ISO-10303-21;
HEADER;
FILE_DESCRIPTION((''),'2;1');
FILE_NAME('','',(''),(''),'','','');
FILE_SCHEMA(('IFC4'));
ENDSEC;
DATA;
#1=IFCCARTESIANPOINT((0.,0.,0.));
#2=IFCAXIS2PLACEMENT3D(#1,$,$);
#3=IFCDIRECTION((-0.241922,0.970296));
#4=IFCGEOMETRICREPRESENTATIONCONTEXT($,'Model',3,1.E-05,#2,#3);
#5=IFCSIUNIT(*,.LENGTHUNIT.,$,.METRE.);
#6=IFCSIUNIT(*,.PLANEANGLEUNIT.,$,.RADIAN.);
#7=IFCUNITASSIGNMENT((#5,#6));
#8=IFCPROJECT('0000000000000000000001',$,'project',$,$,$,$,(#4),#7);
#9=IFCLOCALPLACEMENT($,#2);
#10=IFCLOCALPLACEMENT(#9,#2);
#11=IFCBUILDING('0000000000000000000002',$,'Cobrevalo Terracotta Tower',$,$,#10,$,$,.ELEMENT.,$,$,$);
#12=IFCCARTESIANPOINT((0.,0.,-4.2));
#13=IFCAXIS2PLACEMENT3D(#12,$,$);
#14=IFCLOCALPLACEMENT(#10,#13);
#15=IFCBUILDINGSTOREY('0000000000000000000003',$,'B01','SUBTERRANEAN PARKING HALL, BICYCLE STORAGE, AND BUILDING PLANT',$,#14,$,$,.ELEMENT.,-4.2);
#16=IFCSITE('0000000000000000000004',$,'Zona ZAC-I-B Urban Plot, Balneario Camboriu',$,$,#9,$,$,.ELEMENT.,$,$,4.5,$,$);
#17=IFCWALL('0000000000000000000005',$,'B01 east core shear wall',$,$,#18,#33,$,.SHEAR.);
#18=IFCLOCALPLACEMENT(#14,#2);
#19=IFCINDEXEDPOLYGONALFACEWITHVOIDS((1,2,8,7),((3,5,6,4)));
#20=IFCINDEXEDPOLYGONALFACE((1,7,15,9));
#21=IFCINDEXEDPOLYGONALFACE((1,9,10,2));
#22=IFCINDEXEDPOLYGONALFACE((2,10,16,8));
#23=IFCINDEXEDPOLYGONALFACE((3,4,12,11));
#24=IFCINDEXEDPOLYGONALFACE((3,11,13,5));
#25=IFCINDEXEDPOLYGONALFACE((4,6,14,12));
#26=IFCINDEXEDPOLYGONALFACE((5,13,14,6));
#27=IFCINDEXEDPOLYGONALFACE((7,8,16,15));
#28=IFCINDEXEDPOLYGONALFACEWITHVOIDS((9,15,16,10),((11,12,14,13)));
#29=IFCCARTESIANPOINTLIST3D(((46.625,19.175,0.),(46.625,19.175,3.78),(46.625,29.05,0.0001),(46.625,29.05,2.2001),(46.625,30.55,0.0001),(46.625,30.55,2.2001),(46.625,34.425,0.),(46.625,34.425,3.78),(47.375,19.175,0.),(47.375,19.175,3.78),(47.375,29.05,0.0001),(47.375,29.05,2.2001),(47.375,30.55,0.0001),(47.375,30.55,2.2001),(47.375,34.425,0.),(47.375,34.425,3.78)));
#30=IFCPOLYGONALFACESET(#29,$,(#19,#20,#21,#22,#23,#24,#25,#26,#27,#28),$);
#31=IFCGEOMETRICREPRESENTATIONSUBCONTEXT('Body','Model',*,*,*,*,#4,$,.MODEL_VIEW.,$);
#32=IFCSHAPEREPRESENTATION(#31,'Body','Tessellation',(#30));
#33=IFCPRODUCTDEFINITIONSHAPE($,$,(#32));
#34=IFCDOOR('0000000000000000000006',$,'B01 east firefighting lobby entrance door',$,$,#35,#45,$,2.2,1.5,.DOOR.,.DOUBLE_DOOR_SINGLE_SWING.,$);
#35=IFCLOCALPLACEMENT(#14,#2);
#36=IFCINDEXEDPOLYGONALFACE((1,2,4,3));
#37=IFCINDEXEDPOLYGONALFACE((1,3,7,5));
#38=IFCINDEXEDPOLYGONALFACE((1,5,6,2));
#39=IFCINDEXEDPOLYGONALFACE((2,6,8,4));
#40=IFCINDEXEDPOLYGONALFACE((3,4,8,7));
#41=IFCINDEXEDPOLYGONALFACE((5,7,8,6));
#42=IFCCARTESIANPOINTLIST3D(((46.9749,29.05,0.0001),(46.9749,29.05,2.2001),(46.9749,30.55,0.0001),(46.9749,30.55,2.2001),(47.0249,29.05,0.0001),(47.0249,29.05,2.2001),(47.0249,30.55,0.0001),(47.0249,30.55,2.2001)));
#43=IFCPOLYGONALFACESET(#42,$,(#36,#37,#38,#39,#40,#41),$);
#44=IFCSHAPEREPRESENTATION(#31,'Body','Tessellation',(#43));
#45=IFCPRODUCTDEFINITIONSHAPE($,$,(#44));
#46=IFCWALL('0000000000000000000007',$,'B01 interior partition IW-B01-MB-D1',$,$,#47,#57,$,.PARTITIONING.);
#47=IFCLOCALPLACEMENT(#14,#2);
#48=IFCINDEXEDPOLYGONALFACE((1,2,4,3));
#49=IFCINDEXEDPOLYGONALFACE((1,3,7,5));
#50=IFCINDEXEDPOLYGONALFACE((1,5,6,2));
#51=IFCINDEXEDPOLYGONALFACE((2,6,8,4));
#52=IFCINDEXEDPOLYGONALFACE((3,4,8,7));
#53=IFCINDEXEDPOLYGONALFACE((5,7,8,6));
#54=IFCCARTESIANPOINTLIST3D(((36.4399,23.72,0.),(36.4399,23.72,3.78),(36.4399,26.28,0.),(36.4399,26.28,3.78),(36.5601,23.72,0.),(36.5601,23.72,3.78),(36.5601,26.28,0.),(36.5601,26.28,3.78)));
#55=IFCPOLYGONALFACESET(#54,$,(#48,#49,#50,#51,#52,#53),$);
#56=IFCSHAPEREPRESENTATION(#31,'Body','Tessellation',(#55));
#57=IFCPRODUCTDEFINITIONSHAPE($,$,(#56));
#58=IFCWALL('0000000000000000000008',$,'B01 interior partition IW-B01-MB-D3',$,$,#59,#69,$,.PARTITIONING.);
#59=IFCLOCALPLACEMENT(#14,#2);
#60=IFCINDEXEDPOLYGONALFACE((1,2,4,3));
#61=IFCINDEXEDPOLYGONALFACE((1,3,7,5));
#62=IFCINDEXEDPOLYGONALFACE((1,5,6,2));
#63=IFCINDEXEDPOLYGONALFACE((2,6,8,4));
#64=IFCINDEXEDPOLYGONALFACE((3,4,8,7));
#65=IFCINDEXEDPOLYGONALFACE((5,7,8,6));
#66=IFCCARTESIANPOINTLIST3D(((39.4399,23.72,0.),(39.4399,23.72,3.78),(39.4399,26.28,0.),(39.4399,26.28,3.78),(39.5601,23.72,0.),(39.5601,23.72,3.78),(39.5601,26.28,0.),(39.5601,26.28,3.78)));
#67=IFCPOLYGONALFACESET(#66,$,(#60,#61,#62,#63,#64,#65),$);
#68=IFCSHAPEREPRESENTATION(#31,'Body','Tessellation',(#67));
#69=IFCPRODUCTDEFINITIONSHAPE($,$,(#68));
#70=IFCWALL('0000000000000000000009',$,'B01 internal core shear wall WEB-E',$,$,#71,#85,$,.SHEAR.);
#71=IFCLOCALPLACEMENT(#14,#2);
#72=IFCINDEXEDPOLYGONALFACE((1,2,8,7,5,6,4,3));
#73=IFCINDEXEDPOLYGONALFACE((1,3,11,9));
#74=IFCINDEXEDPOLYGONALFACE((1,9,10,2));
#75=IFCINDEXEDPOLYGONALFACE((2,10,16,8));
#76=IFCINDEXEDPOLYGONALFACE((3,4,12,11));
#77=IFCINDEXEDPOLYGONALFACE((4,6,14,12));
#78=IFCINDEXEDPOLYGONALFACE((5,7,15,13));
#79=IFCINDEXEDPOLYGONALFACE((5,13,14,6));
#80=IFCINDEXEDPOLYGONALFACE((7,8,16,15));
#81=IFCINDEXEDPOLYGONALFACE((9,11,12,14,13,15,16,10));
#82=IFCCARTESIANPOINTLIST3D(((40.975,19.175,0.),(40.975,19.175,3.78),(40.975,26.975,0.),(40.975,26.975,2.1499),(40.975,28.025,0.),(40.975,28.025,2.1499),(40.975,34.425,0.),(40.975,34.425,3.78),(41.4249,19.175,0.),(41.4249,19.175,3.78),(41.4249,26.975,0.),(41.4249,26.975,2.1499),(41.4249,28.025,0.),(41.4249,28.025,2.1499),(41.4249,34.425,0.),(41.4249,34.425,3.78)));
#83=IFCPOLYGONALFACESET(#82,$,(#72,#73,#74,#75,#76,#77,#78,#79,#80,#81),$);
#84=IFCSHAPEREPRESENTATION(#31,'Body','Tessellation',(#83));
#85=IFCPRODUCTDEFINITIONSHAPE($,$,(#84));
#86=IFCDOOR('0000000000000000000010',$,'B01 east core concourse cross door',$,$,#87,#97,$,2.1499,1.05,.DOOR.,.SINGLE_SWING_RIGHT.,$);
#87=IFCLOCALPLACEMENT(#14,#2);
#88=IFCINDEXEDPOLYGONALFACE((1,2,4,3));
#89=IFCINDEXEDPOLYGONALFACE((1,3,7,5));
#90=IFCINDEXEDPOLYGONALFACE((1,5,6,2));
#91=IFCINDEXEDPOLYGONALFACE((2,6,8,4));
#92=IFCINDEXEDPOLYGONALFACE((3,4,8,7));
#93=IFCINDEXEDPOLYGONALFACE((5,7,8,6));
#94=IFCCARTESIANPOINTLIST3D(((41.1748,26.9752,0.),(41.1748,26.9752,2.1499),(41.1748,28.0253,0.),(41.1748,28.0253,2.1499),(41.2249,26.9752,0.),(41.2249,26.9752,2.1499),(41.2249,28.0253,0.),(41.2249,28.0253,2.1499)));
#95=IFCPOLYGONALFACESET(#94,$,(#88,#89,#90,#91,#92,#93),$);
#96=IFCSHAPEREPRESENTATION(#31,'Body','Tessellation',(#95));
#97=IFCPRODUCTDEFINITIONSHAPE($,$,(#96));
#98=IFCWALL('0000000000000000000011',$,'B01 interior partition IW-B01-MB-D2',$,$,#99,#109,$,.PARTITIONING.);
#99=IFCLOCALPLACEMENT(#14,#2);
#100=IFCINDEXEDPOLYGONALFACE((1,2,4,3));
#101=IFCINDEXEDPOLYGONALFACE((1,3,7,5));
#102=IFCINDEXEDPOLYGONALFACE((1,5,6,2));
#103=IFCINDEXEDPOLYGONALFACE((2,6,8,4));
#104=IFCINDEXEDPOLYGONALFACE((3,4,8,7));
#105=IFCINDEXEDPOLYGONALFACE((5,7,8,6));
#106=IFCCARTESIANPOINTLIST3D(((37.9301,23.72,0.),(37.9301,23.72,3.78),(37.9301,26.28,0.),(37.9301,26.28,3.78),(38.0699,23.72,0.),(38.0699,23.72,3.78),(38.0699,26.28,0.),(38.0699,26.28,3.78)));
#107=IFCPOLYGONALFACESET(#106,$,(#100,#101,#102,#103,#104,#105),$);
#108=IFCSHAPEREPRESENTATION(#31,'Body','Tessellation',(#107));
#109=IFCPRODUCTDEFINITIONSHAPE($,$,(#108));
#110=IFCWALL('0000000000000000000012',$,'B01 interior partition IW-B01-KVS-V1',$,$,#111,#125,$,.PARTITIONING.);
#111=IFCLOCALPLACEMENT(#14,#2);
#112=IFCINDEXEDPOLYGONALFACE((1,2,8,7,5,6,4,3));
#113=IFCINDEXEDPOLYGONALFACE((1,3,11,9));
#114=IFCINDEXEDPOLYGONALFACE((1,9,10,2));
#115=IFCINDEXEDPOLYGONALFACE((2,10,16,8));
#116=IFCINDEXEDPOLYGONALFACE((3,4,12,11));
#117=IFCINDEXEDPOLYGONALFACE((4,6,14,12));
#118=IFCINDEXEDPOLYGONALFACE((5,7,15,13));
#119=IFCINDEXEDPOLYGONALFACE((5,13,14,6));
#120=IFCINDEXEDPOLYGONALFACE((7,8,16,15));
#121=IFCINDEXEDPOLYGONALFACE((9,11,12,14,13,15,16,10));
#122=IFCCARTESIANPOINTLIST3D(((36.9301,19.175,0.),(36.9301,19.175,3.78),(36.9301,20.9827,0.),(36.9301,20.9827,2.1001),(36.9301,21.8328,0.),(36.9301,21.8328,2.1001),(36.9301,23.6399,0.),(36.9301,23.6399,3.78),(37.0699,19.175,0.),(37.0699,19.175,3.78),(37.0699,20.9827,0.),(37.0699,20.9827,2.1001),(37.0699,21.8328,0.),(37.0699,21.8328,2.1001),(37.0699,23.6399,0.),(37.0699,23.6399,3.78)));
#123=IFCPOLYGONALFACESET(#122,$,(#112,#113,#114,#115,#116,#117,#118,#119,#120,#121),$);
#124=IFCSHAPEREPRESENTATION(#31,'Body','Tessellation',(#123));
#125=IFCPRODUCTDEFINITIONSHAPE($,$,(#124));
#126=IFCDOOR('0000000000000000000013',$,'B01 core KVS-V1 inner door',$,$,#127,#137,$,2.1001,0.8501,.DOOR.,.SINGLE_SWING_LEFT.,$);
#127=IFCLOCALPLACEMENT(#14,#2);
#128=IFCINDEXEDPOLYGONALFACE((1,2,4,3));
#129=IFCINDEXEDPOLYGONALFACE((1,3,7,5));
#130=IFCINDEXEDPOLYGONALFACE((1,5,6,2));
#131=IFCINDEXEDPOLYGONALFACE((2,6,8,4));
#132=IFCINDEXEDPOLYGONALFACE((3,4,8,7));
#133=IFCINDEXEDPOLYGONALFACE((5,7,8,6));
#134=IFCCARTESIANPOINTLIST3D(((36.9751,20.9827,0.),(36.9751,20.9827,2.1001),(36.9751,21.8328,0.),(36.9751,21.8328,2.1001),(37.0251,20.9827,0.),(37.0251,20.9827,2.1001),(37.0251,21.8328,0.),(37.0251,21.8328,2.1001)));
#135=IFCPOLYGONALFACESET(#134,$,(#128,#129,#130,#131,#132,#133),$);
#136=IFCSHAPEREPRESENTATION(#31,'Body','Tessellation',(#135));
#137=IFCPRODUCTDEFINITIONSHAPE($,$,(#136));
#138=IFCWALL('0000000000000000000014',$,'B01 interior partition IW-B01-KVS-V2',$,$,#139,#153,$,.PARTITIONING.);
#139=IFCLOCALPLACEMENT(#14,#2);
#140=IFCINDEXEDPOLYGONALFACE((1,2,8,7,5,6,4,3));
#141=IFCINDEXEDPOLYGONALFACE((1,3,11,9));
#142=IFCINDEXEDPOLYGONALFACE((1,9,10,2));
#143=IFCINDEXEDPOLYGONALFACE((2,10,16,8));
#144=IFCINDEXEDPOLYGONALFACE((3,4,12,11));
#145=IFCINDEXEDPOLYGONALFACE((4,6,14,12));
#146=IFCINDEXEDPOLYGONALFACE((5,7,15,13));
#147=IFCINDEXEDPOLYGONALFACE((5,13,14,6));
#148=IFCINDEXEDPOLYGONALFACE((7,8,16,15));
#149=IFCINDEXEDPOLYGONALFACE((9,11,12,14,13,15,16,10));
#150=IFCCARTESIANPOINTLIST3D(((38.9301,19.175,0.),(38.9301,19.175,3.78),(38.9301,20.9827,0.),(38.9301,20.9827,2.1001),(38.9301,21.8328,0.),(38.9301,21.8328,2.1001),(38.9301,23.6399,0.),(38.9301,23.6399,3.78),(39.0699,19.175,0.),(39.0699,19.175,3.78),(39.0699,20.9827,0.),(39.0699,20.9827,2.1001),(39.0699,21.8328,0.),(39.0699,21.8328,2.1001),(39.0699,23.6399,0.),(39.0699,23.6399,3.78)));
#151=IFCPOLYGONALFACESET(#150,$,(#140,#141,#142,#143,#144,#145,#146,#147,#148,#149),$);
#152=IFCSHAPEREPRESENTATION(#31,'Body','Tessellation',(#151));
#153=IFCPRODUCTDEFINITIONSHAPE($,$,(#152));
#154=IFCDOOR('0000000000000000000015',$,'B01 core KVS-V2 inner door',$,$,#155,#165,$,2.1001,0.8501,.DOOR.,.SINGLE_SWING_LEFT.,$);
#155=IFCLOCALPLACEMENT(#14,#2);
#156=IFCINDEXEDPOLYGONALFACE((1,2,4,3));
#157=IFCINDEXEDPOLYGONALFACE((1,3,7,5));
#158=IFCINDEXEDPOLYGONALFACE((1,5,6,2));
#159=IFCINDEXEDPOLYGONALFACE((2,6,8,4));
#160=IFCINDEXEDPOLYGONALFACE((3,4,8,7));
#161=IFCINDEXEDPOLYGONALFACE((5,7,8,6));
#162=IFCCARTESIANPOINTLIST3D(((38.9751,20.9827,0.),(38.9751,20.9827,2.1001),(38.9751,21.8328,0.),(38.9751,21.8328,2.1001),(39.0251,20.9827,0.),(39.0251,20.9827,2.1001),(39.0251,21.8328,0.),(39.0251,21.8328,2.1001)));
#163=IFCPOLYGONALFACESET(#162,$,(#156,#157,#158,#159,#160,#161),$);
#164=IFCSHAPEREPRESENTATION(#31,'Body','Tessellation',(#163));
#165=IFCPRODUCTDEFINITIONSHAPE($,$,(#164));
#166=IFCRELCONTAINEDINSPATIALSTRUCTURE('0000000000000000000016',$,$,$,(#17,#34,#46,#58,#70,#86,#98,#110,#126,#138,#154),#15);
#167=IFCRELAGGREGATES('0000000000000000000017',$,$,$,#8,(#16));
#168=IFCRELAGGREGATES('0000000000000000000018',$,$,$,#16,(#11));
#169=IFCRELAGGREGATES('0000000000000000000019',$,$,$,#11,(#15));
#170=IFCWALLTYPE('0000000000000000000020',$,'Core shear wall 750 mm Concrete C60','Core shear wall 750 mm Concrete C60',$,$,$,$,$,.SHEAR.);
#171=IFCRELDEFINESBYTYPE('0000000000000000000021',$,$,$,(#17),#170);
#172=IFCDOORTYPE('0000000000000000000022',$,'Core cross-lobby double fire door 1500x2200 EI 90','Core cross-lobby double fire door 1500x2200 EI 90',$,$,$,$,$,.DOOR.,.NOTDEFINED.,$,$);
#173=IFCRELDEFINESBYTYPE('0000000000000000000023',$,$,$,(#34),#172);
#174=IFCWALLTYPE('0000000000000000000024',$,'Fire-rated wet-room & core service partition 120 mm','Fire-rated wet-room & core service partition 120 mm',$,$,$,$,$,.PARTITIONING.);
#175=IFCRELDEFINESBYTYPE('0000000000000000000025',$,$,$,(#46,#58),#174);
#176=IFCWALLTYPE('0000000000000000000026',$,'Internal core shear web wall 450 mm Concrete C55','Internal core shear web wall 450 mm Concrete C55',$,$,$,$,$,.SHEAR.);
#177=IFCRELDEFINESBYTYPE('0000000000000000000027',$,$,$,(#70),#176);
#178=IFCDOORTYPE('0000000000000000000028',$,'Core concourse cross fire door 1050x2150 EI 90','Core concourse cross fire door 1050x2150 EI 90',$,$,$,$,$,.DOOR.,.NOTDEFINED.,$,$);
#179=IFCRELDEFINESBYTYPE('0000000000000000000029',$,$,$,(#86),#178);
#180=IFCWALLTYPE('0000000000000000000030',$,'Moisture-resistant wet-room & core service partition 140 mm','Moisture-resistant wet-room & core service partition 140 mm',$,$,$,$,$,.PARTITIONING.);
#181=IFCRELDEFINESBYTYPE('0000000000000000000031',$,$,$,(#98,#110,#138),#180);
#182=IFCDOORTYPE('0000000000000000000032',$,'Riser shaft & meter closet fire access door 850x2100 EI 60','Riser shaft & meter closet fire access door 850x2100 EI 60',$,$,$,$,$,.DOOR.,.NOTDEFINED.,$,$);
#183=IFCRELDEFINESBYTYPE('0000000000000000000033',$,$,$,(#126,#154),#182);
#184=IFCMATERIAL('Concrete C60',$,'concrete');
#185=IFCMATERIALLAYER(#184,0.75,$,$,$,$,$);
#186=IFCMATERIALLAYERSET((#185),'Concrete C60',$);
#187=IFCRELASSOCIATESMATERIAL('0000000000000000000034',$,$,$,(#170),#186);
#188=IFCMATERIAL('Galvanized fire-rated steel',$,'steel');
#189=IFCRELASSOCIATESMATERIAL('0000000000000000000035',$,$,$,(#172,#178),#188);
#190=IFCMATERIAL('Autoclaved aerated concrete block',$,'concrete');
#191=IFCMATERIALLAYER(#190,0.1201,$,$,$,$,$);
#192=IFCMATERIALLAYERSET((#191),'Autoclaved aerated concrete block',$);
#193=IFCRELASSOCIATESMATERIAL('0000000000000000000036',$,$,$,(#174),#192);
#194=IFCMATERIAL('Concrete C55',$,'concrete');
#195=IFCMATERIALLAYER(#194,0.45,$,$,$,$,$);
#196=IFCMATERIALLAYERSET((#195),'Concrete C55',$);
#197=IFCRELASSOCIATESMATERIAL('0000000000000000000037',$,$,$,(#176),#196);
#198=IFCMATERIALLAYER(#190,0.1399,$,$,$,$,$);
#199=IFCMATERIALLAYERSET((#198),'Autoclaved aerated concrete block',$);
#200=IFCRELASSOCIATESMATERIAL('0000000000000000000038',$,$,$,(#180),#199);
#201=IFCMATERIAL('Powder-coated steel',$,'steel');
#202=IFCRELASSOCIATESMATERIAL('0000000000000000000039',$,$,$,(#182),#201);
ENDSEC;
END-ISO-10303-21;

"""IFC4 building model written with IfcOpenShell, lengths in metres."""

from ifc_helpers import new_model, si_unit, direction, frame, frame_2d, origin, place, context, subcontext, project, spatial, rectangle, extrude, source, transform, mapped, material, layer, layer_set, type_object, element, fill, save


model = new_model("IFC4")

# Units and contexts
model_context = context("Model", 3, precision=1e-05, world=origin(), true_north=direction((-0.241922, 0.970296)))
body_context = subcontext(model_context, "Body", "Model", "MODEL_VIEW")
ifc_project = project(units=[si_unit("LENGTHUNIT", "METRE"), si_unit("PLANEANGLEUNIT", "RADIAN")], contexts=[model_context])

# Site, building, storey
site_placement = place(None, origin())
site = spatial("IfcSite", under=ifc_project, at=site_placement, Name="Zona ZAC-I-B Urban Plot, Balneario Camboriu", CompositionType="ELEMENT", RefElevation=4.5)
building_placement = place(site_placement, origin())
building = spatial("IfcBuilding", under=site, at=building_placement, Name="Cobrevalo Terracotta Tower", CompositionType="ELEMENT")
storey_placement = place(building_placement, frame((0.0, 0.0, -4.2)))
storey = spatial("IfcBuildingStorey", under=building, at=storey_placement, Name="B01", Description="SUBTERRANEAN PARKING HALL, BICYCLE STORAGE, AND BUILDING PLANT", CompositionType="ELEMENT", Elevation=-4.2)

# Shared definitions
ifc_material_1 = material(Name="Concrete C60", Category="concrete")

# Wall, opening, door
ifc_layer_1 = layer(ifc_material_1, 0.75)
ifc_layer_set_1 = layer_set([ifc_layer_1], Name="Concrete C60")
wall_type_1 = type_object("IfcWallType", Name="Core shear wall 750 mm Concrete C60", Description="Core shear wall 750 mm Concrete C60", PredefinedType="SHEAR", material=ifc_layer_set_1)
wall_1_placement = place(storey_placement, frame((47.0, 19.175, 0.0), z_axis=(0.0, 0.0, 1.0), x_axis=(0.0, 1.0, 0.0)))
wall_1 = element("IfcWall", 1, at=wall_1_placement, inside=storey, type_object=wall_type_1, Name="B01 east core shear wall", PredefinedType="SHEAR", context=body_context, shape_type="SweptSolid", body=[
    extrude(rectangle(XDim=15.25, YDim=0.75, at=frame_2d((7.625, 0.0))), origin(), (0.0, 0.0, 1.0), 3.78),
])
opening_1_placement = place(wall_1_placement, frame((9.875, 0.0, 0.0)))
opening_1 = element("IfcOpeningElement", 2, at=opening_1_placement, cuts=wall_1, PredefinedType="OPENING", context=body_context, shape_type="SweptSolid", body=[
    extrude(rectangle(XDim=1.5, YDim=2.2, at=frame_2d((0.75, 1.1001))), frame((0.0, 0.385, 0.0), z_axis=(0.0, -1.0, 0.0), x_axis=(1.0, 0.0, 0.0)), (0.0, 0.0, 1.0), 0.77),
])
ifc_material_2 = material(Name="Galvanized fire-rated steel", Category="steel")
door_type_1 = type_object("IfcDoorType", Name="Core cross-lobby double fire door 1500x2200 EI 90", Description="Core cross-lobby double fire door 1500x2200 EI 90", OperationType="NOTDEFINED", PredefinedType="DOOR", material=ifc_material_2)
shared_shape_1 = source(origin(), body_context, "Body", "SweptSolid", [
    extrude(rectangle(XDim=1.5, YDim=2.2, at=frame_2d((0.75, 1.1001))), frame((0.0, 0.0249, 0.0), z_axis=(0.0, -1.0, 0.0), x_axis=(1.0, 0.0, 0.0)), (0.0, 0.0, 1.0), 0.05),
])
door_1_placement = place(opening_1_placement, frame((1.5, 0.0, 0.0), z_axis=(0.0, 0.0, 1.0), x_axis=(-1.0, 0.0, 0.0)))
door_1 = element("IfcDoor", 3, at=door_1_placement, inside=storey, type_object=door_type_1, Name="B01 east firefighting lobby entrance door", OperationType="DOUBLE_DOOR_SINGLE_SWING", OverallHeight=2.2, OverallWidth=1.5, PredefinedType="DOOR", context=body_context, shape_type="MappedRepresentation", body=[
    mapped(shared_shape_1, transform((0.0, 0.0, 0.0), scale=1.0)),
])
fill(opening_1, door_1)

# Walls
ifc_material_3 = material(Name="Autoclaved aerated concrete block", Category="concrete")
ifc_layer_2 = layer(ifc_material_3, 0.1201)
ifc_layer_set_2 = layer_set([ifc_layer_2], Name="Autoclaved aerated concrete block")
wall_type_2 = type_object("IfcWallType", Name="Fire-rated wet-room & core service partition 120 mm", Description="Fire-rated wet-room & core service partition 120 mm", PredefinedType="PARTITIONING", material=ifc_layer_set_2)
for number, where, z_axis, x_axis, name in (
    (4, (36.5, 23.72, 0.0), (0.0, 0.0, 1.0), (0.0, 1.0, 0.0), "B01 interior partition IW-B01-MB-D1"),
    (5, (39.5, 23.72, 0.0), (0.0, 0.0, 1.0), (0.0, 1.0, 0.0), "B01 interior partition IW-B01-MB-D3"),
):
    element("IfcWall", number, at=place(storey_placement, frame(where, z_axis=z_axis, x_axis=x_axis)), inside=storey, type_object=wall_type_2, Name=name, PredefinedType="PARTITIONING", context=body_context, shape_type="SweptSolid", body=[
        extrude(rectangle(XDim=2.5601, YDim=0.1201, at=frame_2d((1.28, 0.0))), origin(), (0.0, 0.0, 1.0), 3.78),
    ])

# Wall, opening, door
ifc_material_4 = material(Name="Concrete C55", Category="concrete")
ifc_layer_3 = layer(ifc_material_4, 0.45)
ifc_layer_set_3 = layer_set([ifc_layer_3], Name="Concrete C55")
wall_type_3 = type_object("IfcWallType", Name="Internal core shear web wall 450 mm Concrete C55", Description="Internal core shear web wall 450 mm Concrete C55", PredefinedType="SHEAR", material=ifc_layer_set_3)
wall_2_placement = place(storey_placement, frame((41.2, 19.175, 0.0), z_axis=(0.0, 0.0, 1.0), x_axis=(0.0, 1.0, 0.0)))
wall_2 = element("IfcWall", 6, at=wall_2_placement, inside=storey, type_object=wall_type_3, Name="B01 internal core shear wall WEB-E", PredefinedType="SHEAR", context=body_context, shape_type="SweptSolid", body=[
    extrude(rectangle(XDim=15.25, YDim=0.45, at=frame_2d((7.625, 0.0))), origin(), (0.0, 0.0, 1.0), 3.78),
])
opening_2_placement = place(wall_2_placement, frame((7.8, 0.0, 0.0)))
opening_2 = element("IfcOpeningElement", 7, at=opening_2_placement, cuts=wall_2, PredefinedType="OPENING", context=body_context, shape_type="SweptSolid", body=[
    extrude(rectangle(XDim=1.05, YDim=2.1499, at=frame_2d((0.5249, 1.075))), frame((0.0, 0.2349, 0.0), z_axis=(0.0, -1.0, 0.0), x_axis=(1.0, 0.0, 0.0)), (0.0, 0.0, 1.0), 0.47),
])
door_type_2 = type_object("IfcDoorType", Name="Core concourse cross fire door 1050x2150 EI 90", Description="Core concourse cross fire door 1050x2150 EI 90", OperationType="NOTDEFINED", PredefinedType="DOOR", material=ifc_material_2)
shared_shape_2 = source(origin(), body_context, "Body", "SweptSolid", [
    extrude(rectangle(XDim=1.05, YDim=2.1499, at=frame_2d((0.5249, 1.075))), frame((0.0, 0.0249, 0.0), z_axis=(0.0, -1.0, 0.0), x_axis=(1.0, 0.0, 0.0)), (0.0, 0.0, 1.0), 0.05),
])
door_2_placement = place(opening_2_placement, frame((1.05, 0.0, 0.0), z_axis=(0.0, 0.0, 1.0), x_axis=(-1.0, 0.0, 0.0)))
door_2 = element("IfcDoor", 8, at=door_2_placement, inside=storey, type_object=door_type_2, Name="B01 east core concourse cross door", OperationType="SINGLE_SWING_RIGHT", OverallHeight=2.1499, OverallWidth=1.05, PredefinedType="DOOR", context=body_context, shape_type="MappedRepresentation", body=[
    mapped(shared_shape_2, transform((0.0, 0.0, 0.0), scale=1.0)),
])
fill(opening_2, door_2)

# Wall
ifc_layer_4 = layer(ifc_material_3, 0.1399)
ifc_layer_set_4 = layer_set([ifc_layer_4], Name="Autoclaved aerated concrete block")
wall_type_4 = type_object("IfcWallType", Name="Moisture-resistant wet-room & core service partition 140 mm", Description="Moisture-resistant wet-room & core service partition 140 mm", PredefinedType="PARTITIONING", material=ifc_layer_set_4)
wall_3_placement = place(storey_placement, frame((38.0, 23.72, 0.0), z_axis=(0.0, 0.0, 1.0), x_axis=(0.0, 1.0, 0.0)))
element("IfcWall", 9, at=wall_3_placement, inside=storey, type_object=wall_type_4, Name="B01 interior partition IW-B01-MB-D2", PredefinedType="PARTITIONING", context=body_context, shape_type="SweptSolid", body=[
    extrude(rectangle(XDim=2.5601, YDim=0.1399, at=frame_2d((1.28, 0.0))), origin(), (0.0, 0.0, 1.0), 3.78),
])

# Walls, openings, doors
wall_4_placement = place(storey_placement, frame((37.0, 19.175, 0.0), z_axis=(0.0, 0.0, 1.0), x_axis=(0.0, 1.0, 0.0)))
wall_4 = element("IfcWall", 10, at=wall_4_placement, inside=storey, type_object=wall_type_4, Name="B01 interior partition IW-B01-KVS-V1", PredefinedType="PARTITIONING", context=body_context, shape_type="SweptSolid", body=[
    extrude(rectangle(XDim=4.4648, YDim=0.1399, at=frame_2d((2.2324, 0.0))), origin(), (0.0, 0.0, 1.0), 3.78),
])
opening_3_placement = place(wall_4_placement, frame((1.8076, 0.0, 0.0)))
opening_3 = element("IfcOpeningElement", 11, at=opening_3_placement, cuts=wall_4, PredefinedType="OPENING", context=body_context, shape_type="SweptSolid", body=[
    extrude(rectangle(XDim=0.8501, YDim=2.1001, at=frame_2d((0.425, 1.05))), frame((0.0, 0.0801, 0.0), z_axis=(0.0, -1.0, 0.0), x_axis=(1.0, 0.0, 0.0)), (0.0, 0.0, 1.0), 0.1599),
])
ifc_material_5 = material(Name="Powder-coated steel", Category="steel")
door_type_3 = type_object("IfcDoorType", Name="Riser shaft & meter closet fire access door 850x2100 EI 60", Description="Riser shaft & meter closet fire access door 850x2100 EI 60", OperationType="NOTDEFINED", PredefinedType="DOOR", material=ifc_material_5)
shared_shape_3 = source(origin(), body_context, "Body", "SweptSolid", [
    extrude(rectangle(XDim=0.8501, YDim=2.1001, at=frame_2d((0.425, 1.05))), frame((0.0, 0.0249, 0.0), z_axis=(0.0, -1.0, 0.0), x_axis=(1.0, 0.0, 0.0)), (0.0, 0.0, 1.0), 0.05),
])
door_3_placement = place(opening_3_placement, origin())
door_3 = element("IfcDoor", 12, at=door_3_placement, inside=storey, type_object=door_type_3, Name="B01 core KVS-V1 inner door", OperationType="SINGLE_SWING_LEFT", OverallHeight=2.1001, OverallWidth=0.8501, PredefinedType="DOOR", context=body_context, shape_type="MappedRepresentation", body=[
    mapped(shared_shape_3, transform((0.0, 0.0, 0.0), scale=1.0)),
])
fill(opening_3, door_3)
wall_5_placement = place(storey_placement, frame((39.0, 19.175, 0.0), z_axis=(0.0, 0.0, 1.0), x_axis=(0.0, 1.0, 0.0)))
wall_5 = element("IfcWall", 13, at=wall_5_placement, inside=storey, type_object=wall_type_4, Name="B01 interior partition IW-B01-KVS-V2", PredefinedType="PARTITIONING", context=body_context, shape_type="SweptSolid", body=[
    extrude(rectangle(XDim=4.4648, YDim=0.1399, at=frame_2d((2.2324, 0.0))), origin(), (0.0, 0.0, 1.0), 3.78),
])
opening_4_placement = place(wall_5_placement, frame((1.8076, 0.0, 0.0)))
opening_4 = element("IfcOpeningElement", 14, at=opening_4_placement, cuts=wall_5, PredefinedType="OPENING", context=body_context, shape_type="SweptSolid", body=[
    extrude(rectangle(XDim=0.8501, YDim=2.1001, at=frame_2d((0.425, 1.05))), frame((0.0, 0.0801, 0.0), z_axis=(0.0, -1.0, 0.0), x_axis=(1.0, 0.0, 0.0)), (0.0, 0.0, 1.0), 0.1599),
])
door_4_placement = place(opening_4_placement, origin())
door_4 = element("IfcDoor", 15, at=door_4_placement, inside=storey, type_object=door_type_3, Name="B01 core KVS-V2 inner door", OperationType="SINGLE_SWING_LEFT", OverallHeight=2.1001, OverallWidth=0.8501, PredefinedType="DOOR", context=body_context, shape_type="MappedRepresentation", body=[
    mapped(shared_shape_3, transform((0.0, 0.0, 0.0), scale=1.0)),
])
fill(opening_4, door_4)

save(model, "model.ifc")
